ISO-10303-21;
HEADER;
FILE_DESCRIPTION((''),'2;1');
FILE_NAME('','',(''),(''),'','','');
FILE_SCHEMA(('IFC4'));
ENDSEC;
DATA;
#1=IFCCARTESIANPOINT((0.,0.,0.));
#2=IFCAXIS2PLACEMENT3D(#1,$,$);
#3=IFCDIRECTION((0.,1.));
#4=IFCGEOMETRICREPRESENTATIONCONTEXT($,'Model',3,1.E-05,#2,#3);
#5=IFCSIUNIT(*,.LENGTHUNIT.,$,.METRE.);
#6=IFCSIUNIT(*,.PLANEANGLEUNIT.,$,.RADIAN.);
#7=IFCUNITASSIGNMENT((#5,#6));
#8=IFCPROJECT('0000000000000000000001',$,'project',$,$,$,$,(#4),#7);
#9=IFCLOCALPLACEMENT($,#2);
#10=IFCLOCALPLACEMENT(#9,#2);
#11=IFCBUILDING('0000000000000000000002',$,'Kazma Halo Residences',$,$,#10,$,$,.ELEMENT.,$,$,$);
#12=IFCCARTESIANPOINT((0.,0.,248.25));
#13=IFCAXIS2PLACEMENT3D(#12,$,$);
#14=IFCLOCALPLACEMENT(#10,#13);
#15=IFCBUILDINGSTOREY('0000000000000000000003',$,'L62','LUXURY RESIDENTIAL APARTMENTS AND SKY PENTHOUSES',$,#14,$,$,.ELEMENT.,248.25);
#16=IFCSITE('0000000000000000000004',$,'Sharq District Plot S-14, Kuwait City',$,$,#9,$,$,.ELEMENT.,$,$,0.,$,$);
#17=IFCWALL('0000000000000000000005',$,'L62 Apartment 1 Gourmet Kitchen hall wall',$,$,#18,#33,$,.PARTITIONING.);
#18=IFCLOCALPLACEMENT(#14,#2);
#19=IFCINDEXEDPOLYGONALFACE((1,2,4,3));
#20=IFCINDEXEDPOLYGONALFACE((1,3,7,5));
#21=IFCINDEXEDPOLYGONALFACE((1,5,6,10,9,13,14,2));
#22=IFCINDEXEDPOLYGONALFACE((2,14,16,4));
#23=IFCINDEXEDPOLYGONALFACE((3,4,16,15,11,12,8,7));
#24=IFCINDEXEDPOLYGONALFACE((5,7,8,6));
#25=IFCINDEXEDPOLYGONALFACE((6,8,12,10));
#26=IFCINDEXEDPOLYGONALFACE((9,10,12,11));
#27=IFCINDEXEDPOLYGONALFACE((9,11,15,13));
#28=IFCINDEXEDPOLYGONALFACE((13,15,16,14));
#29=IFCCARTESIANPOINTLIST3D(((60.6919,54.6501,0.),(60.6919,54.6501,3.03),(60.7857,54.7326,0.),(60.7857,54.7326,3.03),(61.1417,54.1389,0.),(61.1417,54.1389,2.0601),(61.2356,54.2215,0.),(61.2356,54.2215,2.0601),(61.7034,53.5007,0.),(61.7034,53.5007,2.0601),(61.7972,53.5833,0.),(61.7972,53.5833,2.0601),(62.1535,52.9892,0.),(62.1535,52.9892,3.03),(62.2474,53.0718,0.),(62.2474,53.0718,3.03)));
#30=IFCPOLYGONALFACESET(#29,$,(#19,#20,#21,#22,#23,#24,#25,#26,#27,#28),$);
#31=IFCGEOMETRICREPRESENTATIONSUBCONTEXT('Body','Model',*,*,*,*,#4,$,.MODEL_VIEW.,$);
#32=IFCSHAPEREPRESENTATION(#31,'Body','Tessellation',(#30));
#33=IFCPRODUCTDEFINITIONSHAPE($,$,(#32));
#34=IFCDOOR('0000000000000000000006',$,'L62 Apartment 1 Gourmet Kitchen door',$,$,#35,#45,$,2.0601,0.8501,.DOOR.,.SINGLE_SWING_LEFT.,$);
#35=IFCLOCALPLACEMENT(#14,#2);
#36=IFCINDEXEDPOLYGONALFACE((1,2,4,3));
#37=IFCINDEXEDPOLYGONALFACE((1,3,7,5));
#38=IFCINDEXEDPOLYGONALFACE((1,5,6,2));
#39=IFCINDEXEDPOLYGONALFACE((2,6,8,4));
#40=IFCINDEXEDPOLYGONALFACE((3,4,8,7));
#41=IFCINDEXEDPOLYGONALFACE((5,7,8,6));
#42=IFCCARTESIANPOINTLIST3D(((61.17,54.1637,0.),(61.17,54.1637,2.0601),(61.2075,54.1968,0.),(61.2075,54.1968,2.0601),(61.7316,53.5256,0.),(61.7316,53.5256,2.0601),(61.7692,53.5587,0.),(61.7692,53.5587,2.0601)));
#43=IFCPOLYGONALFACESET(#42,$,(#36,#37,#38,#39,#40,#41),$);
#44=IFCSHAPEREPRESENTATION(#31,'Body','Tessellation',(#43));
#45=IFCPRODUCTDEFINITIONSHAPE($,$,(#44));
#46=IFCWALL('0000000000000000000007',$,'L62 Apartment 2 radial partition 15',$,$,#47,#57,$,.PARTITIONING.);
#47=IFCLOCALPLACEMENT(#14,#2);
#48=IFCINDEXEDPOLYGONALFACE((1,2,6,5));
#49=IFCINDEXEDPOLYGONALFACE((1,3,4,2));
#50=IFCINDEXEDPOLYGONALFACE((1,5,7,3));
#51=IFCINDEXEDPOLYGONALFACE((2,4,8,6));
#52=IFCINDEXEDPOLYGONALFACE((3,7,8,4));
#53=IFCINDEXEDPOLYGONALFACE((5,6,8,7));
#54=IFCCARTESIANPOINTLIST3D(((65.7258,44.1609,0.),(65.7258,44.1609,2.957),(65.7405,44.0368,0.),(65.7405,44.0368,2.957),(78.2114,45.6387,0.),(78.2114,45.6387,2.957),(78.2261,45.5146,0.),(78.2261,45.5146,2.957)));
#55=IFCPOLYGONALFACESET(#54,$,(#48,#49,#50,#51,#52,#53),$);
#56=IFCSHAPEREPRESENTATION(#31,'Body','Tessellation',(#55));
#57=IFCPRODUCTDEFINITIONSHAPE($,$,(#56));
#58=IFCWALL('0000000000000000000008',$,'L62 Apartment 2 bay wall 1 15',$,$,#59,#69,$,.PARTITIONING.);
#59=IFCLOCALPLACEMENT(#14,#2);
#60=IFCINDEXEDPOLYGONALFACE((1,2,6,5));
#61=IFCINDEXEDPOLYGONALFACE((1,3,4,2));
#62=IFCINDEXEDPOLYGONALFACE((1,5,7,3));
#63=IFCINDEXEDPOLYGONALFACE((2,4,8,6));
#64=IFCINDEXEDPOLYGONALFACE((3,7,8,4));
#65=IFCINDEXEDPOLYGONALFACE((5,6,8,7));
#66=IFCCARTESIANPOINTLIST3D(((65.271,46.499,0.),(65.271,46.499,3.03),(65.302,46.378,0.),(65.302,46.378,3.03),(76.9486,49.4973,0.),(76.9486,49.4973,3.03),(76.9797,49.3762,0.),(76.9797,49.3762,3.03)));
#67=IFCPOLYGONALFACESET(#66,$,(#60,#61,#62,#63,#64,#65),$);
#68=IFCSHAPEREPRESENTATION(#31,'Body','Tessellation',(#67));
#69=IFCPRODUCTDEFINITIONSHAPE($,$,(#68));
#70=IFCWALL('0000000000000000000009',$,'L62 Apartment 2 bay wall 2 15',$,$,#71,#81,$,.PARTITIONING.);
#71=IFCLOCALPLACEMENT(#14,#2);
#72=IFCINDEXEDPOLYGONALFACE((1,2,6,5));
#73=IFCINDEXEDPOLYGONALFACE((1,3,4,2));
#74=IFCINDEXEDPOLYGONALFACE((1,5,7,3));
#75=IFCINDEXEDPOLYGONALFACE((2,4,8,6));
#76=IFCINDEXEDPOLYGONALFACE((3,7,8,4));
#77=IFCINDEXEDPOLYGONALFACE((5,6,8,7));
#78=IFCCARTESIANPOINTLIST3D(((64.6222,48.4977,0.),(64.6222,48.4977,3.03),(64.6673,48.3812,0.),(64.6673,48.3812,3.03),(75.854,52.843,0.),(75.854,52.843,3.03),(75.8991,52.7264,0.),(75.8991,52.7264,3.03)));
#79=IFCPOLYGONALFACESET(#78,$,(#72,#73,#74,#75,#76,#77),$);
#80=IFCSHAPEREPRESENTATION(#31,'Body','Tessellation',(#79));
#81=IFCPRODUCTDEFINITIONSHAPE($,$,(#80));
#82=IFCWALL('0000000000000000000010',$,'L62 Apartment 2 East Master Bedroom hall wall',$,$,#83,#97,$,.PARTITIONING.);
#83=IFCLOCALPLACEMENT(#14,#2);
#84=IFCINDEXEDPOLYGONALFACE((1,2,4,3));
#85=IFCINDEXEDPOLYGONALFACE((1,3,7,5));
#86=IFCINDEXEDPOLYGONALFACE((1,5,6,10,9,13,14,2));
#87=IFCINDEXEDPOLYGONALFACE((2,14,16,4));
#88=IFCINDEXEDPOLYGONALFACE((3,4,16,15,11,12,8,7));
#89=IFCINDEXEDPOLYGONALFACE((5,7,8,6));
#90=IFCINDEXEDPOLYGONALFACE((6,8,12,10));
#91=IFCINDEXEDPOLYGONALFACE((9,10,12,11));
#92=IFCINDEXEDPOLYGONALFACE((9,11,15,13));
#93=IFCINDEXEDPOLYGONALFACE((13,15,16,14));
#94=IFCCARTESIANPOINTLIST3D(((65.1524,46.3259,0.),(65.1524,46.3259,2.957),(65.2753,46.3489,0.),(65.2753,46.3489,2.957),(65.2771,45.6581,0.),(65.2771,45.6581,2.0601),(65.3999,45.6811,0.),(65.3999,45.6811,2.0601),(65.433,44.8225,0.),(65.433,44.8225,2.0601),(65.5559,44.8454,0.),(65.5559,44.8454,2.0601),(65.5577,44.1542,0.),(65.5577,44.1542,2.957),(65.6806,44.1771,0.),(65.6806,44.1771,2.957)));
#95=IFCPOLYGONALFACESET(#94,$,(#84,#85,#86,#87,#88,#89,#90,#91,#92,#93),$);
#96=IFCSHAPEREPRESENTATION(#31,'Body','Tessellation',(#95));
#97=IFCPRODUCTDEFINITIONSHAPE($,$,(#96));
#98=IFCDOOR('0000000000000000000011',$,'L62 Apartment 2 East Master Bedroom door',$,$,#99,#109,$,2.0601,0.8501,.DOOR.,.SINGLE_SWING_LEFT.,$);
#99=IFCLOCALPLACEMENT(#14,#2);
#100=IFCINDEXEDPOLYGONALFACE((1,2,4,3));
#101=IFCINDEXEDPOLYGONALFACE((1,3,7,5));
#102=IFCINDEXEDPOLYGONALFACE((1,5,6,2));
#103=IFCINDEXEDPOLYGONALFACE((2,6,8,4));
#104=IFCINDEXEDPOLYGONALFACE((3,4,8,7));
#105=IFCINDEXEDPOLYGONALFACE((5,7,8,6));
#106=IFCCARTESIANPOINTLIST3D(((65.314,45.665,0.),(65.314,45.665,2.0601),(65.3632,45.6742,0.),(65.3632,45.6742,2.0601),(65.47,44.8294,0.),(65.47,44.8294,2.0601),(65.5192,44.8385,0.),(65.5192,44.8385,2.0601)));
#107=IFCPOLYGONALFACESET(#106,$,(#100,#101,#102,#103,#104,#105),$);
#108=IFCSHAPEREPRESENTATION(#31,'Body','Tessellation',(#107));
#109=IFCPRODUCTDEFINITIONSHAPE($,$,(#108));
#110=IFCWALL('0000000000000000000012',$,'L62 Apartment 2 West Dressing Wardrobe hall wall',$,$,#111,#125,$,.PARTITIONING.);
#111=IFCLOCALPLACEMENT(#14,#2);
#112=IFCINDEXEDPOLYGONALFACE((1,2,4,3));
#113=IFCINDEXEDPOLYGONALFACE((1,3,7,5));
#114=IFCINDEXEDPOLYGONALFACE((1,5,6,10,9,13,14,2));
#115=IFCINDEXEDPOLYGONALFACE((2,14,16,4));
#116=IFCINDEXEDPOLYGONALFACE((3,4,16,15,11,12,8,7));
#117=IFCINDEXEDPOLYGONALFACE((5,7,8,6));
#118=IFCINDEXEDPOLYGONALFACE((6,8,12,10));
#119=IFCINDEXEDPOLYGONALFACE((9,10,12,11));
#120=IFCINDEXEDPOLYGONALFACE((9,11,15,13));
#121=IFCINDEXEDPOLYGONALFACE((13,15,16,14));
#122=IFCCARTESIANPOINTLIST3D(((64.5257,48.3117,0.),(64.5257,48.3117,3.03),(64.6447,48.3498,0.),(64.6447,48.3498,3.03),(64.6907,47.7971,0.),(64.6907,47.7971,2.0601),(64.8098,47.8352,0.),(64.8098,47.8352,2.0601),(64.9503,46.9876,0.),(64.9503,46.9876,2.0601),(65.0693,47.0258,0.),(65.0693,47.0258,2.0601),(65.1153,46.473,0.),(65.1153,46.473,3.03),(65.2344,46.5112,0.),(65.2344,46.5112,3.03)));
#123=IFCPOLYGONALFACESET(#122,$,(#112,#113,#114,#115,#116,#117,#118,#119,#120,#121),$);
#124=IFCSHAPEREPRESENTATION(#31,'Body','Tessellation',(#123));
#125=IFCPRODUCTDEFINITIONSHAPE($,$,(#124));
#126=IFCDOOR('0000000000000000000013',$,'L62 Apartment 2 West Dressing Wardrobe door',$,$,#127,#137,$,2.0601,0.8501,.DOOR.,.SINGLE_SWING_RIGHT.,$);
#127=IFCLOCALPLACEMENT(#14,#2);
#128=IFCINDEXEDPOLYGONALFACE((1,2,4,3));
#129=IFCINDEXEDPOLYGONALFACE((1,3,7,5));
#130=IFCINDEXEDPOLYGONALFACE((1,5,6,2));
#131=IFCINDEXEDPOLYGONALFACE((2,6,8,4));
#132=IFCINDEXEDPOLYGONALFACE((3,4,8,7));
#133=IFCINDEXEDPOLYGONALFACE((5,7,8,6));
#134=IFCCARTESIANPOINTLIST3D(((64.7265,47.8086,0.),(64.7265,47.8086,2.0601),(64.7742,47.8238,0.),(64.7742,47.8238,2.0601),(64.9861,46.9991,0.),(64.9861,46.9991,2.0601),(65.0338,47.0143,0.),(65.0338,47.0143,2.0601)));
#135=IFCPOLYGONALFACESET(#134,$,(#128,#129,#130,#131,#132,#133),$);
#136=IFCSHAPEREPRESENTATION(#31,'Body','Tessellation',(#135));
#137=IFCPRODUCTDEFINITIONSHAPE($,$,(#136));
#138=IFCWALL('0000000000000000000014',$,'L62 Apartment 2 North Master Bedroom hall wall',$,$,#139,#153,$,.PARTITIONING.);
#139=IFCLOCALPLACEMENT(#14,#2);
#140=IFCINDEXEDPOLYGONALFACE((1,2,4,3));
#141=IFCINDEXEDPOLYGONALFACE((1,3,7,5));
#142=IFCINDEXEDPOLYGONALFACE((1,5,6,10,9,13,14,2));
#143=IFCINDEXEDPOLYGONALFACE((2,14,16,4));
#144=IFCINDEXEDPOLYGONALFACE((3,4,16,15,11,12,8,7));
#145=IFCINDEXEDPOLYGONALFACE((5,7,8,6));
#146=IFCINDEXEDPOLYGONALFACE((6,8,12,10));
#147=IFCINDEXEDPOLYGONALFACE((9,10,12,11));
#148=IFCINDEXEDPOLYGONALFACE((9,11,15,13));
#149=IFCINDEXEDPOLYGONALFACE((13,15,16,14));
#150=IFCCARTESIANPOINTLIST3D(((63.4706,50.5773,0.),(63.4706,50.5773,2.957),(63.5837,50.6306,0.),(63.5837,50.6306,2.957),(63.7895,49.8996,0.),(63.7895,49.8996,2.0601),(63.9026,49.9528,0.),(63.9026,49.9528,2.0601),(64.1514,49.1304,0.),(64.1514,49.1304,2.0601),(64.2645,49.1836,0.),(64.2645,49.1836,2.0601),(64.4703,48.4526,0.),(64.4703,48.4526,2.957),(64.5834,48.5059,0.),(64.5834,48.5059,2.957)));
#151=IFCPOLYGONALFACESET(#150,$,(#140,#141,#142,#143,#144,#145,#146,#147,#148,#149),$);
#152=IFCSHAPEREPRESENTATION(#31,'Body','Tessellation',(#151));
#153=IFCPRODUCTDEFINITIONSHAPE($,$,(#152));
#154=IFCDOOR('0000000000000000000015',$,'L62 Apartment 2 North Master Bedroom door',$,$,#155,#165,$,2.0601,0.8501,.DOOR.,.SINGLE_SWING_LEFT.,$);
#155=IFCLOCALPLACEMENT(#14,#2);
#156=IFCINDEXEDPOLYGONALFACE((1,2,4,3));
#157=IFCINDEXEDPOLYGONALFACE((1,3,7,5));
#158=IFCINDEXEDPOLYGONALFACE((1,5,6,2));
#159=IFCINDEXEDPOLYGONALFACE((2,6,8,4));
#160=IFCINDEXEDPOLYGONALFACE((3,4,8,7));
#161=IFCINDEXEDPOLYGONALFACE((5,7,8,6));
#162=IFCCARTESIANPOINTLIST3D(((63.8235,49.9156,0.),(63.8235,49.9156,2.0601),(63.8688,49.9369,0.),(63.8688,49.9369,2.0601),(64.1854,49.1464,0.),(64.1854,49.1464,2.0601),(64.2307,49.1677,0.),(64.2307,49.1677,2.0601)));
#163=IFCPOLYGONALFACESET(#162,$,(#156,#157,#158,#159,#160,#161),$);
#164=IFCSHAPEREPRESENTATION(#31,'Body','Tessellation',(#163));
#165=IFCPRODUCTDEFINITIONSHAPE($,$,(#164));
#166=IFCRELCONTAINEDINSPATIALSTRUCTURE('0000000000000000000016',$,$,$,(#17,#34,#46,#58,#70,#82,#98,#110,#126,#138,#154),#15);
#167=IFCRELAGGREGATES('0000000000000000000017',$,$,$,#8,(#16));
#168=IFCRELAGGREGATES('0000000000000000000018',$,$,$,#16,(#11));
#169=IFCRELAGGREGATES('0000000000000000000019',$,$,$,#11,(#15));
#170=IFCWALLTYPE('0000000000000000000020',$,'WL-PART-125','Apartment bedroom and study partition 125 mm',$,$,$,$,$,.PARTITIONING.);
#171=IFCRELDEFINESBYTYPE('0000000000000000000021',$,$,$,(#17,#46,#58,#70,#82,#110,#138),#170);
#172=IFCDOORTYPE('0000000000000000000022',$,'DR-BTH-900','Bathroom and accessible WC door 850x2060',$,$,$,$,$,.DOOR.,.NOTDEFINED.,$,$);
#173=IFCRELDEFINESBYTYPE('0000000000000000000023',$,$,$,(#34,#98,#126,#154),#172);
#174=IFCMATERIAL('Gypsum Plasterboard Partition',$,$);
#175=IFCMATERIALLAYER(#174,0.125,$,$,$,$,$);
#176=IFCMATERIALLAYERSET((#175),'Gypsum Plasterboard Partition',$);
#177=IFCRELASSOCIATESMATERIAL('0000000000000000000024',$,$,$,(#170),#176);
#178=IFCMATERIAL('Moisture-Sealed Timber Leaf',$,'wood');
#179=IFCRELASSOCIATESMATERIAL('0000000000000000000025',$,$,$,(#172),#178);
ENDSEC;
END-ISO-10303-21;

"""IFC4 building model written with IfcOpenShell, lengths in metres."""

from ifc_helpers import new_model, si_unit, direction, frame, frame_2d, origin, place, context, subcontext, project, spatial, rectangle, extrude, material, layer, layer_set, type_object, element, fill, save


model = new_model("IFC4")

# Units and contexts
model_context = context("Model", 3, precision=1e-05, world=origin(), true_north=direction((0.0, 1.0)))
body_context = subcontext(model_context, "Body", "Model", "MODEL_VIEW")
ifc_project = project(units=[si_unit("LENGTHUNIT", "METRE"), si_unit("PLANEANGLEUNIT", "RADIAN")], contexts=[model_context])

# Site, building, storey
site_placement = place(None, origin())
site = spatial("IfcSite", under=ifc_project, at=site_placement, Name="Sharq District Plot S-14, Kuwait City", CompositionType="ELEMENT", RefElevation=0.0)
building_placement = place(site_placement, origin())
building = spatial("IfcBuilding", under=site, at=building_placement, Name="Kazma Halo Residences", CompositionType="ELEMENT")
storey_placement = place(building_placement, frame((0.0, 0.0, 248.25)))
storey = spatial("IfcBuildingStorey", under=building, at=storey_placement, Name="L62", Description="LUXURY RESIDENTIAL APARTMENTS AND SKY PENTHOUSES", CompositionType="ELEMENT", Elevation=248.25)

# Wall, opening, door
ifc_material_1 = material(Name="Gypsum Plasterboard Partition")
ifc_layer_1 = layer(ifc_material_1, 0.125)
ifc_layer_set_1 = layer_set([ifc_layer_1], Name="Gypsum Plasterboard Partition")
wall_type_1 = type_object("IfcWallType", Name="WL-PART-125", Description="Apartment bedroom and study partition 125 mm", PredefinedType="PARTITIONING", material=ifc_layer_set_1)
wall_1_placement = place(storey_placement, frame((62.2004, 53.0305, 0.0), z_axis=(0.0, 0.0, 1.0), x_axis=(-0.66065, 0.750694, 0.0)))
wall_1 = element("IfcWall", 1, at=wall_1_placement, inside=storey, type_object=wall_type_1, Name="L62 Apartment 1 Gourmet Kitchen hall wall", PredefinedType="PARTITIONING", context=body_context, shape_type="SweptSolid", body=[
    extrude(rectangle(XDim=2.2124, YDim=0.125, at=frame_2d((1.1062, 0.0))), origin(), (0.0, 0.0, 1.0), 3.03),
])
opening_1_placement = place(wall_1_placement, frame((0.6814, 0.0, 0.0)))
opening_1 = element("IfcOpeningElement", 2, at=opening_1_placement, cuts=wall_1, PredefinedType="OPENING", context=body_context, shape_type="SweptSolid", body=[
    extrude(rectangle(XDim=0.8501, YDim=2.0601, at=frame_2d((0.425, 1.03))), frame((0.0, 0.0725, 0.0), z_axis=(0.0, -1.0, 0.0), x_axis=(1.0, 0.0, 0.0)), (0.0, 0.0, 1.0), 0.145),
])
ifc_material_2 = material(Name="Moisture-Sealed Timber Leaf", Category="wood")
door_type = type_object("IfcDoorType", Name="DR-BTH-900", Description="Bathroom and accessible WC door 850x2060", OperationType="NOTDEFINED", PredefinedType="DOOR", material=ifc_material_2)
door_1_placement = place(opening_1_placement, origin())
door_1 = element("IfcDoor", 3, at=door_1_placement, inside=storey, type_object=door_type, Name="L62 Apartment 1 Gourmet Kitchen door", OperationType="SINGLE_SWING_LEFT", OverallHeight=2.0601, OverallWidth=0.8501, PredefinedType="DOOR", context=body_context, shape_type="SweptSolid", body=[
    extrude(rectangle(XDim=0.8501, YDim=2.0601, at=frame_2d((0.425, 1.03))), frame((0.0, 0.0249, 0.0), z_axis=(0.0, -1.0, 0.0), x_axis=(1.0, 0.0, 0.0)), (0.0, 0.0, 1.0), 0.05),
])
fill(opening_1, door_1)

# Walls
wall_2_placement = place(storey_placement, frame((65.7332, 44.0989, 0.0), z_axis=(0.0, 0.0, 1.0), x_axis=(0.993068, 0.117539, 0.0)))
element("IfcWall", 4, at=wall_2_placement, inside=storey, type_object=wall_type_1, Name="L62 Apartment 2 radial partition 15", PredefinedType="PARTITIONING", context=body_context, shape_type="SweptSolid", body=[
    extrude(rectangle(XDim=12.5728, YDim=0.125, at=frame_2d((6.2864, 0.0))), origin(), (0.0, 0.0, 1.0), 2.957),
])
wall_3_placement = place(storey_placement, frame((65.2864, 46.4385, 0.0), z_axis=(0.0, 0.0, 1.0), x_axis=(0.968584, 0.248687, 0.0)))
element("IfcWall", 5, at=wall_3_placement, inside=storey, type_object=wall_type_1, Name="L62 Apartment 2 bay wall 1 15", PredefinedType="PARTITIONING", context=body_context, shape_type="SweptSolid", body=[
    extrude(rectangle(XDim=12.0564, YDim=0.125, at=frame_2d((6.0283, 0.0))), origin(), (0.0, 0.0, 1.0), 3.03),
])
wall_4_placement = place(storey_placement, frame((64.6448, 48.4395, 0.0), z_axis=(0.0, 0.0, 1.0), x_axis=(0.932639, 0.360811, 0.0)))
element("IfcWall", 6, at=wall_4_placement, inside=storey, type_object=wall_type_1, Name="L62 Apartment 2 bay wall 2 15", PredefinedType="PARTITIONING", context=body_context, shape_type="SweptSolid", body=[
    extrude(rectangle(XDim=12.043, YDim=0.125, at=frame_2d((6.0215, 0.0))), origin(), (0.0, 0.0, 1.0), 3.03),
])

# Walls, openings, doors
wall_5_placement = place(storey_placement, frame((65.6191, 44.1658, 0.0), z_axis=(0.0, 0.0, 1.0), x_axis=(-0.183454, 0.983028, 0.0)))
wall_5 = element("IfcWall", 7, at=wall_5_placement, inside=storey, type_object=wall_type_1, Name="L62 Apartment 2 East Master Bedroom hall wall", PredefinedType="PARTITIONING", context=body_context, shape_type="SweptSolid", body=[
    extrude(rectangle(XDim=2.2092, YDim=0.125, at=frame_2d((1.1045, 0.0))), origin(), (0.0, 0.0, 1.0), 2.957),
])
opening_2_placement = place(wall_5_placement, frame((0.6797, 0.0, 0.0)))
opening_2 = element("IfcOpeningElement", 8, at=opening_2_placement, cuts=wall_5, PredefinedType="OPENING", context=body_context, shape_type="SweptSolid", body=[
    extrude(rectangle(XDim=0.8501, YDim=2.0601, at=frame_2d((0.425, 1.03))), frame((0.0, 0.0725, 0.0), z_axis=(0.0, -1.0, 0.0), x_axis=(1.0, 0.0, 0.0)), (0.0, 0.0, 1.0), 0.145),
])
door_2_placement = place(opening_2_placement, origin())
door_2 = element("IfcDoor", 9, at=door_2_placement, inside=storey, type_object=door_type, Name="L62 Apartment 2 East Master Bedroom door", OperationType="SINGLE_SWING_LEFT", OverallHeight=2.0601, OverallWidth=0.8501, PredefinedType="DOOR", context=body_context, shape_type="SweptSolid", body=[
    extrude(rectangle(XDim=0.8501, YDim=2.0601, at=frame_2d((0.425, 1.03))), frame((0.0, 0.0249, 0.0), z_axis=(0.0, -1.0, 0.0), x_axis=(1.0, 0.0, 0.0)), (0.0, 0.0, 1.0), 0.05),
])
fill(opening_2, door_2)
wall_6_placement = place(storey_placement, frame((65.1748, 46.4922, 0.0), z_axis=(0.0, 0.0, 1.0), x_axis=(-0.305358, 0.952238, 0.0)))
wall_6 = element("IfcWall", 10, at=wall_6_placement, inside=storey, type_object=wall_type_1, Name="L62 Apartment 2 West Dressing Wardrobe hall wall", PredefinedType="PARTITIONING", context=body_context, shape_type="SweptSolid", body=[
    extrude(rectangle(XDim=1.9309, YDim=0.125, at=frame_2d((0.9653, 0.0))), origin(), (0.0, 0.0, 1.0), 3.03),
])
opening_3_placement = place(wall_6_placement, frame((0.5403, 0.0, 0.0)))
opening_3 = element("IfcOpeningElement", 11, at=opening_3_placement, cuts=wall_6, PredefinedType="OPENING", context=body_context, shape_type="SweptSolid", body=[
    extrude(rectangle(XDim=0.8501, YDim=2.0601, at=frame_2d((0.425, 1.03))), frame((0.0, 0.0725, 0.0), z_axis=(0.0, -1.0, 0.0), x_axis=(1.0, 0.0, 0.0)), (0.0, 0.0, 1.0), 0.145),
])
door_3_placement = place(opening_3_placement, origin())
door_3 = element("IfcDoor", 12, at=door_3_placement, inside=storey, type_object=door_type, Name="L62 Apartment 2 West Dressing Wardrobe door", OperationType="SINGLE_SWING_RIGHT", OverallHeight=2.0601, OverallWidth=0.8501, PredefinedType="DOOR", context=body_context, shape_type="SweptSolid", body=[
    extrude(rectangle(XDim=0.8501, YDim=2.0601, at=frame_2d((0.425, 1.03))), frame((0.0, 0.0249, 0.0), z_axis=(0.0, -1.0, 0.0), x_axis=(1.0, 0.0, 0.0)), (0.0, 0.0, 1.0), 0.05),
])
fill(opening_3, door_3)
wall_7_placement = place(storey_placement, frame((64.5269, 48.4792, 0.0), z_axis=(0.0, 0.0, 1.0), x_axis=(-0.425752, 0.90484, 0.0)))
wall_7 = element("IfcWall", 13, at=wall_7_placement, inside=storey, type_object=wall_type_1, Name="L62 Apartment 2 North Master Bedroom hall wall", PredefinedType="PARTITIONING", context=body_context, shape_type="SweptSolid", body=[
    extrude(rectangle(XDim=2.3481, YDim=0.125, at=frame_2d((1.1741, 0.0))), origin(), (0.0, 0.0, 1.0), 2.957),
])
opening_4_placement = place(wall_7_placement, frame((0.749, 0.0, 0.0)))
opening_4 = element("IfcOpeningElement", 14, at=opening_4_placement, cuts=wall_7, PredefinedType="OPENING", context=body_context, shape_type="SweptSolid", body=[
    extrude(rectangle(XDim=0.8501, YDim=2.0601, at=frame_2d((0.425, 1.03))), frame((0.0, 0.0725, 0.0), z_axis=(0.0, -1.0, 0.0), x_axis=(1.0, 0.0, 0.0)), (0.0, 0.0, 1.0), 0.145),
])
door_4_placement = place(opening_4_placement, origin())
door_4 = element("IfcDoor", 15, at=door_4_placement, inside=storey, type_object=door_type, Name="L62 Apartment 2 North Master Bedroom door", OperationType="SINGLE_SWING_LEFT", OverallHeight=2.0601, OverallWidth=0.8501, PredefinedType="DOOR", context=body_context, shape_type="SweptSolid", body=[
    extrude(rectangle(XDim=0.8501, YDim=2.0601, at=frame_2d((0.425, 1.03))), frame((0.0, 0.0249, 0.0), z_axis=(0.0, -1.0, 0.0), x_axis=(1.0, 0.0, 0.0)), (0.0, 0.0, 1.0), 0.05),
])
fill(opening_4, door_4)

save(model, "model.ifc")
